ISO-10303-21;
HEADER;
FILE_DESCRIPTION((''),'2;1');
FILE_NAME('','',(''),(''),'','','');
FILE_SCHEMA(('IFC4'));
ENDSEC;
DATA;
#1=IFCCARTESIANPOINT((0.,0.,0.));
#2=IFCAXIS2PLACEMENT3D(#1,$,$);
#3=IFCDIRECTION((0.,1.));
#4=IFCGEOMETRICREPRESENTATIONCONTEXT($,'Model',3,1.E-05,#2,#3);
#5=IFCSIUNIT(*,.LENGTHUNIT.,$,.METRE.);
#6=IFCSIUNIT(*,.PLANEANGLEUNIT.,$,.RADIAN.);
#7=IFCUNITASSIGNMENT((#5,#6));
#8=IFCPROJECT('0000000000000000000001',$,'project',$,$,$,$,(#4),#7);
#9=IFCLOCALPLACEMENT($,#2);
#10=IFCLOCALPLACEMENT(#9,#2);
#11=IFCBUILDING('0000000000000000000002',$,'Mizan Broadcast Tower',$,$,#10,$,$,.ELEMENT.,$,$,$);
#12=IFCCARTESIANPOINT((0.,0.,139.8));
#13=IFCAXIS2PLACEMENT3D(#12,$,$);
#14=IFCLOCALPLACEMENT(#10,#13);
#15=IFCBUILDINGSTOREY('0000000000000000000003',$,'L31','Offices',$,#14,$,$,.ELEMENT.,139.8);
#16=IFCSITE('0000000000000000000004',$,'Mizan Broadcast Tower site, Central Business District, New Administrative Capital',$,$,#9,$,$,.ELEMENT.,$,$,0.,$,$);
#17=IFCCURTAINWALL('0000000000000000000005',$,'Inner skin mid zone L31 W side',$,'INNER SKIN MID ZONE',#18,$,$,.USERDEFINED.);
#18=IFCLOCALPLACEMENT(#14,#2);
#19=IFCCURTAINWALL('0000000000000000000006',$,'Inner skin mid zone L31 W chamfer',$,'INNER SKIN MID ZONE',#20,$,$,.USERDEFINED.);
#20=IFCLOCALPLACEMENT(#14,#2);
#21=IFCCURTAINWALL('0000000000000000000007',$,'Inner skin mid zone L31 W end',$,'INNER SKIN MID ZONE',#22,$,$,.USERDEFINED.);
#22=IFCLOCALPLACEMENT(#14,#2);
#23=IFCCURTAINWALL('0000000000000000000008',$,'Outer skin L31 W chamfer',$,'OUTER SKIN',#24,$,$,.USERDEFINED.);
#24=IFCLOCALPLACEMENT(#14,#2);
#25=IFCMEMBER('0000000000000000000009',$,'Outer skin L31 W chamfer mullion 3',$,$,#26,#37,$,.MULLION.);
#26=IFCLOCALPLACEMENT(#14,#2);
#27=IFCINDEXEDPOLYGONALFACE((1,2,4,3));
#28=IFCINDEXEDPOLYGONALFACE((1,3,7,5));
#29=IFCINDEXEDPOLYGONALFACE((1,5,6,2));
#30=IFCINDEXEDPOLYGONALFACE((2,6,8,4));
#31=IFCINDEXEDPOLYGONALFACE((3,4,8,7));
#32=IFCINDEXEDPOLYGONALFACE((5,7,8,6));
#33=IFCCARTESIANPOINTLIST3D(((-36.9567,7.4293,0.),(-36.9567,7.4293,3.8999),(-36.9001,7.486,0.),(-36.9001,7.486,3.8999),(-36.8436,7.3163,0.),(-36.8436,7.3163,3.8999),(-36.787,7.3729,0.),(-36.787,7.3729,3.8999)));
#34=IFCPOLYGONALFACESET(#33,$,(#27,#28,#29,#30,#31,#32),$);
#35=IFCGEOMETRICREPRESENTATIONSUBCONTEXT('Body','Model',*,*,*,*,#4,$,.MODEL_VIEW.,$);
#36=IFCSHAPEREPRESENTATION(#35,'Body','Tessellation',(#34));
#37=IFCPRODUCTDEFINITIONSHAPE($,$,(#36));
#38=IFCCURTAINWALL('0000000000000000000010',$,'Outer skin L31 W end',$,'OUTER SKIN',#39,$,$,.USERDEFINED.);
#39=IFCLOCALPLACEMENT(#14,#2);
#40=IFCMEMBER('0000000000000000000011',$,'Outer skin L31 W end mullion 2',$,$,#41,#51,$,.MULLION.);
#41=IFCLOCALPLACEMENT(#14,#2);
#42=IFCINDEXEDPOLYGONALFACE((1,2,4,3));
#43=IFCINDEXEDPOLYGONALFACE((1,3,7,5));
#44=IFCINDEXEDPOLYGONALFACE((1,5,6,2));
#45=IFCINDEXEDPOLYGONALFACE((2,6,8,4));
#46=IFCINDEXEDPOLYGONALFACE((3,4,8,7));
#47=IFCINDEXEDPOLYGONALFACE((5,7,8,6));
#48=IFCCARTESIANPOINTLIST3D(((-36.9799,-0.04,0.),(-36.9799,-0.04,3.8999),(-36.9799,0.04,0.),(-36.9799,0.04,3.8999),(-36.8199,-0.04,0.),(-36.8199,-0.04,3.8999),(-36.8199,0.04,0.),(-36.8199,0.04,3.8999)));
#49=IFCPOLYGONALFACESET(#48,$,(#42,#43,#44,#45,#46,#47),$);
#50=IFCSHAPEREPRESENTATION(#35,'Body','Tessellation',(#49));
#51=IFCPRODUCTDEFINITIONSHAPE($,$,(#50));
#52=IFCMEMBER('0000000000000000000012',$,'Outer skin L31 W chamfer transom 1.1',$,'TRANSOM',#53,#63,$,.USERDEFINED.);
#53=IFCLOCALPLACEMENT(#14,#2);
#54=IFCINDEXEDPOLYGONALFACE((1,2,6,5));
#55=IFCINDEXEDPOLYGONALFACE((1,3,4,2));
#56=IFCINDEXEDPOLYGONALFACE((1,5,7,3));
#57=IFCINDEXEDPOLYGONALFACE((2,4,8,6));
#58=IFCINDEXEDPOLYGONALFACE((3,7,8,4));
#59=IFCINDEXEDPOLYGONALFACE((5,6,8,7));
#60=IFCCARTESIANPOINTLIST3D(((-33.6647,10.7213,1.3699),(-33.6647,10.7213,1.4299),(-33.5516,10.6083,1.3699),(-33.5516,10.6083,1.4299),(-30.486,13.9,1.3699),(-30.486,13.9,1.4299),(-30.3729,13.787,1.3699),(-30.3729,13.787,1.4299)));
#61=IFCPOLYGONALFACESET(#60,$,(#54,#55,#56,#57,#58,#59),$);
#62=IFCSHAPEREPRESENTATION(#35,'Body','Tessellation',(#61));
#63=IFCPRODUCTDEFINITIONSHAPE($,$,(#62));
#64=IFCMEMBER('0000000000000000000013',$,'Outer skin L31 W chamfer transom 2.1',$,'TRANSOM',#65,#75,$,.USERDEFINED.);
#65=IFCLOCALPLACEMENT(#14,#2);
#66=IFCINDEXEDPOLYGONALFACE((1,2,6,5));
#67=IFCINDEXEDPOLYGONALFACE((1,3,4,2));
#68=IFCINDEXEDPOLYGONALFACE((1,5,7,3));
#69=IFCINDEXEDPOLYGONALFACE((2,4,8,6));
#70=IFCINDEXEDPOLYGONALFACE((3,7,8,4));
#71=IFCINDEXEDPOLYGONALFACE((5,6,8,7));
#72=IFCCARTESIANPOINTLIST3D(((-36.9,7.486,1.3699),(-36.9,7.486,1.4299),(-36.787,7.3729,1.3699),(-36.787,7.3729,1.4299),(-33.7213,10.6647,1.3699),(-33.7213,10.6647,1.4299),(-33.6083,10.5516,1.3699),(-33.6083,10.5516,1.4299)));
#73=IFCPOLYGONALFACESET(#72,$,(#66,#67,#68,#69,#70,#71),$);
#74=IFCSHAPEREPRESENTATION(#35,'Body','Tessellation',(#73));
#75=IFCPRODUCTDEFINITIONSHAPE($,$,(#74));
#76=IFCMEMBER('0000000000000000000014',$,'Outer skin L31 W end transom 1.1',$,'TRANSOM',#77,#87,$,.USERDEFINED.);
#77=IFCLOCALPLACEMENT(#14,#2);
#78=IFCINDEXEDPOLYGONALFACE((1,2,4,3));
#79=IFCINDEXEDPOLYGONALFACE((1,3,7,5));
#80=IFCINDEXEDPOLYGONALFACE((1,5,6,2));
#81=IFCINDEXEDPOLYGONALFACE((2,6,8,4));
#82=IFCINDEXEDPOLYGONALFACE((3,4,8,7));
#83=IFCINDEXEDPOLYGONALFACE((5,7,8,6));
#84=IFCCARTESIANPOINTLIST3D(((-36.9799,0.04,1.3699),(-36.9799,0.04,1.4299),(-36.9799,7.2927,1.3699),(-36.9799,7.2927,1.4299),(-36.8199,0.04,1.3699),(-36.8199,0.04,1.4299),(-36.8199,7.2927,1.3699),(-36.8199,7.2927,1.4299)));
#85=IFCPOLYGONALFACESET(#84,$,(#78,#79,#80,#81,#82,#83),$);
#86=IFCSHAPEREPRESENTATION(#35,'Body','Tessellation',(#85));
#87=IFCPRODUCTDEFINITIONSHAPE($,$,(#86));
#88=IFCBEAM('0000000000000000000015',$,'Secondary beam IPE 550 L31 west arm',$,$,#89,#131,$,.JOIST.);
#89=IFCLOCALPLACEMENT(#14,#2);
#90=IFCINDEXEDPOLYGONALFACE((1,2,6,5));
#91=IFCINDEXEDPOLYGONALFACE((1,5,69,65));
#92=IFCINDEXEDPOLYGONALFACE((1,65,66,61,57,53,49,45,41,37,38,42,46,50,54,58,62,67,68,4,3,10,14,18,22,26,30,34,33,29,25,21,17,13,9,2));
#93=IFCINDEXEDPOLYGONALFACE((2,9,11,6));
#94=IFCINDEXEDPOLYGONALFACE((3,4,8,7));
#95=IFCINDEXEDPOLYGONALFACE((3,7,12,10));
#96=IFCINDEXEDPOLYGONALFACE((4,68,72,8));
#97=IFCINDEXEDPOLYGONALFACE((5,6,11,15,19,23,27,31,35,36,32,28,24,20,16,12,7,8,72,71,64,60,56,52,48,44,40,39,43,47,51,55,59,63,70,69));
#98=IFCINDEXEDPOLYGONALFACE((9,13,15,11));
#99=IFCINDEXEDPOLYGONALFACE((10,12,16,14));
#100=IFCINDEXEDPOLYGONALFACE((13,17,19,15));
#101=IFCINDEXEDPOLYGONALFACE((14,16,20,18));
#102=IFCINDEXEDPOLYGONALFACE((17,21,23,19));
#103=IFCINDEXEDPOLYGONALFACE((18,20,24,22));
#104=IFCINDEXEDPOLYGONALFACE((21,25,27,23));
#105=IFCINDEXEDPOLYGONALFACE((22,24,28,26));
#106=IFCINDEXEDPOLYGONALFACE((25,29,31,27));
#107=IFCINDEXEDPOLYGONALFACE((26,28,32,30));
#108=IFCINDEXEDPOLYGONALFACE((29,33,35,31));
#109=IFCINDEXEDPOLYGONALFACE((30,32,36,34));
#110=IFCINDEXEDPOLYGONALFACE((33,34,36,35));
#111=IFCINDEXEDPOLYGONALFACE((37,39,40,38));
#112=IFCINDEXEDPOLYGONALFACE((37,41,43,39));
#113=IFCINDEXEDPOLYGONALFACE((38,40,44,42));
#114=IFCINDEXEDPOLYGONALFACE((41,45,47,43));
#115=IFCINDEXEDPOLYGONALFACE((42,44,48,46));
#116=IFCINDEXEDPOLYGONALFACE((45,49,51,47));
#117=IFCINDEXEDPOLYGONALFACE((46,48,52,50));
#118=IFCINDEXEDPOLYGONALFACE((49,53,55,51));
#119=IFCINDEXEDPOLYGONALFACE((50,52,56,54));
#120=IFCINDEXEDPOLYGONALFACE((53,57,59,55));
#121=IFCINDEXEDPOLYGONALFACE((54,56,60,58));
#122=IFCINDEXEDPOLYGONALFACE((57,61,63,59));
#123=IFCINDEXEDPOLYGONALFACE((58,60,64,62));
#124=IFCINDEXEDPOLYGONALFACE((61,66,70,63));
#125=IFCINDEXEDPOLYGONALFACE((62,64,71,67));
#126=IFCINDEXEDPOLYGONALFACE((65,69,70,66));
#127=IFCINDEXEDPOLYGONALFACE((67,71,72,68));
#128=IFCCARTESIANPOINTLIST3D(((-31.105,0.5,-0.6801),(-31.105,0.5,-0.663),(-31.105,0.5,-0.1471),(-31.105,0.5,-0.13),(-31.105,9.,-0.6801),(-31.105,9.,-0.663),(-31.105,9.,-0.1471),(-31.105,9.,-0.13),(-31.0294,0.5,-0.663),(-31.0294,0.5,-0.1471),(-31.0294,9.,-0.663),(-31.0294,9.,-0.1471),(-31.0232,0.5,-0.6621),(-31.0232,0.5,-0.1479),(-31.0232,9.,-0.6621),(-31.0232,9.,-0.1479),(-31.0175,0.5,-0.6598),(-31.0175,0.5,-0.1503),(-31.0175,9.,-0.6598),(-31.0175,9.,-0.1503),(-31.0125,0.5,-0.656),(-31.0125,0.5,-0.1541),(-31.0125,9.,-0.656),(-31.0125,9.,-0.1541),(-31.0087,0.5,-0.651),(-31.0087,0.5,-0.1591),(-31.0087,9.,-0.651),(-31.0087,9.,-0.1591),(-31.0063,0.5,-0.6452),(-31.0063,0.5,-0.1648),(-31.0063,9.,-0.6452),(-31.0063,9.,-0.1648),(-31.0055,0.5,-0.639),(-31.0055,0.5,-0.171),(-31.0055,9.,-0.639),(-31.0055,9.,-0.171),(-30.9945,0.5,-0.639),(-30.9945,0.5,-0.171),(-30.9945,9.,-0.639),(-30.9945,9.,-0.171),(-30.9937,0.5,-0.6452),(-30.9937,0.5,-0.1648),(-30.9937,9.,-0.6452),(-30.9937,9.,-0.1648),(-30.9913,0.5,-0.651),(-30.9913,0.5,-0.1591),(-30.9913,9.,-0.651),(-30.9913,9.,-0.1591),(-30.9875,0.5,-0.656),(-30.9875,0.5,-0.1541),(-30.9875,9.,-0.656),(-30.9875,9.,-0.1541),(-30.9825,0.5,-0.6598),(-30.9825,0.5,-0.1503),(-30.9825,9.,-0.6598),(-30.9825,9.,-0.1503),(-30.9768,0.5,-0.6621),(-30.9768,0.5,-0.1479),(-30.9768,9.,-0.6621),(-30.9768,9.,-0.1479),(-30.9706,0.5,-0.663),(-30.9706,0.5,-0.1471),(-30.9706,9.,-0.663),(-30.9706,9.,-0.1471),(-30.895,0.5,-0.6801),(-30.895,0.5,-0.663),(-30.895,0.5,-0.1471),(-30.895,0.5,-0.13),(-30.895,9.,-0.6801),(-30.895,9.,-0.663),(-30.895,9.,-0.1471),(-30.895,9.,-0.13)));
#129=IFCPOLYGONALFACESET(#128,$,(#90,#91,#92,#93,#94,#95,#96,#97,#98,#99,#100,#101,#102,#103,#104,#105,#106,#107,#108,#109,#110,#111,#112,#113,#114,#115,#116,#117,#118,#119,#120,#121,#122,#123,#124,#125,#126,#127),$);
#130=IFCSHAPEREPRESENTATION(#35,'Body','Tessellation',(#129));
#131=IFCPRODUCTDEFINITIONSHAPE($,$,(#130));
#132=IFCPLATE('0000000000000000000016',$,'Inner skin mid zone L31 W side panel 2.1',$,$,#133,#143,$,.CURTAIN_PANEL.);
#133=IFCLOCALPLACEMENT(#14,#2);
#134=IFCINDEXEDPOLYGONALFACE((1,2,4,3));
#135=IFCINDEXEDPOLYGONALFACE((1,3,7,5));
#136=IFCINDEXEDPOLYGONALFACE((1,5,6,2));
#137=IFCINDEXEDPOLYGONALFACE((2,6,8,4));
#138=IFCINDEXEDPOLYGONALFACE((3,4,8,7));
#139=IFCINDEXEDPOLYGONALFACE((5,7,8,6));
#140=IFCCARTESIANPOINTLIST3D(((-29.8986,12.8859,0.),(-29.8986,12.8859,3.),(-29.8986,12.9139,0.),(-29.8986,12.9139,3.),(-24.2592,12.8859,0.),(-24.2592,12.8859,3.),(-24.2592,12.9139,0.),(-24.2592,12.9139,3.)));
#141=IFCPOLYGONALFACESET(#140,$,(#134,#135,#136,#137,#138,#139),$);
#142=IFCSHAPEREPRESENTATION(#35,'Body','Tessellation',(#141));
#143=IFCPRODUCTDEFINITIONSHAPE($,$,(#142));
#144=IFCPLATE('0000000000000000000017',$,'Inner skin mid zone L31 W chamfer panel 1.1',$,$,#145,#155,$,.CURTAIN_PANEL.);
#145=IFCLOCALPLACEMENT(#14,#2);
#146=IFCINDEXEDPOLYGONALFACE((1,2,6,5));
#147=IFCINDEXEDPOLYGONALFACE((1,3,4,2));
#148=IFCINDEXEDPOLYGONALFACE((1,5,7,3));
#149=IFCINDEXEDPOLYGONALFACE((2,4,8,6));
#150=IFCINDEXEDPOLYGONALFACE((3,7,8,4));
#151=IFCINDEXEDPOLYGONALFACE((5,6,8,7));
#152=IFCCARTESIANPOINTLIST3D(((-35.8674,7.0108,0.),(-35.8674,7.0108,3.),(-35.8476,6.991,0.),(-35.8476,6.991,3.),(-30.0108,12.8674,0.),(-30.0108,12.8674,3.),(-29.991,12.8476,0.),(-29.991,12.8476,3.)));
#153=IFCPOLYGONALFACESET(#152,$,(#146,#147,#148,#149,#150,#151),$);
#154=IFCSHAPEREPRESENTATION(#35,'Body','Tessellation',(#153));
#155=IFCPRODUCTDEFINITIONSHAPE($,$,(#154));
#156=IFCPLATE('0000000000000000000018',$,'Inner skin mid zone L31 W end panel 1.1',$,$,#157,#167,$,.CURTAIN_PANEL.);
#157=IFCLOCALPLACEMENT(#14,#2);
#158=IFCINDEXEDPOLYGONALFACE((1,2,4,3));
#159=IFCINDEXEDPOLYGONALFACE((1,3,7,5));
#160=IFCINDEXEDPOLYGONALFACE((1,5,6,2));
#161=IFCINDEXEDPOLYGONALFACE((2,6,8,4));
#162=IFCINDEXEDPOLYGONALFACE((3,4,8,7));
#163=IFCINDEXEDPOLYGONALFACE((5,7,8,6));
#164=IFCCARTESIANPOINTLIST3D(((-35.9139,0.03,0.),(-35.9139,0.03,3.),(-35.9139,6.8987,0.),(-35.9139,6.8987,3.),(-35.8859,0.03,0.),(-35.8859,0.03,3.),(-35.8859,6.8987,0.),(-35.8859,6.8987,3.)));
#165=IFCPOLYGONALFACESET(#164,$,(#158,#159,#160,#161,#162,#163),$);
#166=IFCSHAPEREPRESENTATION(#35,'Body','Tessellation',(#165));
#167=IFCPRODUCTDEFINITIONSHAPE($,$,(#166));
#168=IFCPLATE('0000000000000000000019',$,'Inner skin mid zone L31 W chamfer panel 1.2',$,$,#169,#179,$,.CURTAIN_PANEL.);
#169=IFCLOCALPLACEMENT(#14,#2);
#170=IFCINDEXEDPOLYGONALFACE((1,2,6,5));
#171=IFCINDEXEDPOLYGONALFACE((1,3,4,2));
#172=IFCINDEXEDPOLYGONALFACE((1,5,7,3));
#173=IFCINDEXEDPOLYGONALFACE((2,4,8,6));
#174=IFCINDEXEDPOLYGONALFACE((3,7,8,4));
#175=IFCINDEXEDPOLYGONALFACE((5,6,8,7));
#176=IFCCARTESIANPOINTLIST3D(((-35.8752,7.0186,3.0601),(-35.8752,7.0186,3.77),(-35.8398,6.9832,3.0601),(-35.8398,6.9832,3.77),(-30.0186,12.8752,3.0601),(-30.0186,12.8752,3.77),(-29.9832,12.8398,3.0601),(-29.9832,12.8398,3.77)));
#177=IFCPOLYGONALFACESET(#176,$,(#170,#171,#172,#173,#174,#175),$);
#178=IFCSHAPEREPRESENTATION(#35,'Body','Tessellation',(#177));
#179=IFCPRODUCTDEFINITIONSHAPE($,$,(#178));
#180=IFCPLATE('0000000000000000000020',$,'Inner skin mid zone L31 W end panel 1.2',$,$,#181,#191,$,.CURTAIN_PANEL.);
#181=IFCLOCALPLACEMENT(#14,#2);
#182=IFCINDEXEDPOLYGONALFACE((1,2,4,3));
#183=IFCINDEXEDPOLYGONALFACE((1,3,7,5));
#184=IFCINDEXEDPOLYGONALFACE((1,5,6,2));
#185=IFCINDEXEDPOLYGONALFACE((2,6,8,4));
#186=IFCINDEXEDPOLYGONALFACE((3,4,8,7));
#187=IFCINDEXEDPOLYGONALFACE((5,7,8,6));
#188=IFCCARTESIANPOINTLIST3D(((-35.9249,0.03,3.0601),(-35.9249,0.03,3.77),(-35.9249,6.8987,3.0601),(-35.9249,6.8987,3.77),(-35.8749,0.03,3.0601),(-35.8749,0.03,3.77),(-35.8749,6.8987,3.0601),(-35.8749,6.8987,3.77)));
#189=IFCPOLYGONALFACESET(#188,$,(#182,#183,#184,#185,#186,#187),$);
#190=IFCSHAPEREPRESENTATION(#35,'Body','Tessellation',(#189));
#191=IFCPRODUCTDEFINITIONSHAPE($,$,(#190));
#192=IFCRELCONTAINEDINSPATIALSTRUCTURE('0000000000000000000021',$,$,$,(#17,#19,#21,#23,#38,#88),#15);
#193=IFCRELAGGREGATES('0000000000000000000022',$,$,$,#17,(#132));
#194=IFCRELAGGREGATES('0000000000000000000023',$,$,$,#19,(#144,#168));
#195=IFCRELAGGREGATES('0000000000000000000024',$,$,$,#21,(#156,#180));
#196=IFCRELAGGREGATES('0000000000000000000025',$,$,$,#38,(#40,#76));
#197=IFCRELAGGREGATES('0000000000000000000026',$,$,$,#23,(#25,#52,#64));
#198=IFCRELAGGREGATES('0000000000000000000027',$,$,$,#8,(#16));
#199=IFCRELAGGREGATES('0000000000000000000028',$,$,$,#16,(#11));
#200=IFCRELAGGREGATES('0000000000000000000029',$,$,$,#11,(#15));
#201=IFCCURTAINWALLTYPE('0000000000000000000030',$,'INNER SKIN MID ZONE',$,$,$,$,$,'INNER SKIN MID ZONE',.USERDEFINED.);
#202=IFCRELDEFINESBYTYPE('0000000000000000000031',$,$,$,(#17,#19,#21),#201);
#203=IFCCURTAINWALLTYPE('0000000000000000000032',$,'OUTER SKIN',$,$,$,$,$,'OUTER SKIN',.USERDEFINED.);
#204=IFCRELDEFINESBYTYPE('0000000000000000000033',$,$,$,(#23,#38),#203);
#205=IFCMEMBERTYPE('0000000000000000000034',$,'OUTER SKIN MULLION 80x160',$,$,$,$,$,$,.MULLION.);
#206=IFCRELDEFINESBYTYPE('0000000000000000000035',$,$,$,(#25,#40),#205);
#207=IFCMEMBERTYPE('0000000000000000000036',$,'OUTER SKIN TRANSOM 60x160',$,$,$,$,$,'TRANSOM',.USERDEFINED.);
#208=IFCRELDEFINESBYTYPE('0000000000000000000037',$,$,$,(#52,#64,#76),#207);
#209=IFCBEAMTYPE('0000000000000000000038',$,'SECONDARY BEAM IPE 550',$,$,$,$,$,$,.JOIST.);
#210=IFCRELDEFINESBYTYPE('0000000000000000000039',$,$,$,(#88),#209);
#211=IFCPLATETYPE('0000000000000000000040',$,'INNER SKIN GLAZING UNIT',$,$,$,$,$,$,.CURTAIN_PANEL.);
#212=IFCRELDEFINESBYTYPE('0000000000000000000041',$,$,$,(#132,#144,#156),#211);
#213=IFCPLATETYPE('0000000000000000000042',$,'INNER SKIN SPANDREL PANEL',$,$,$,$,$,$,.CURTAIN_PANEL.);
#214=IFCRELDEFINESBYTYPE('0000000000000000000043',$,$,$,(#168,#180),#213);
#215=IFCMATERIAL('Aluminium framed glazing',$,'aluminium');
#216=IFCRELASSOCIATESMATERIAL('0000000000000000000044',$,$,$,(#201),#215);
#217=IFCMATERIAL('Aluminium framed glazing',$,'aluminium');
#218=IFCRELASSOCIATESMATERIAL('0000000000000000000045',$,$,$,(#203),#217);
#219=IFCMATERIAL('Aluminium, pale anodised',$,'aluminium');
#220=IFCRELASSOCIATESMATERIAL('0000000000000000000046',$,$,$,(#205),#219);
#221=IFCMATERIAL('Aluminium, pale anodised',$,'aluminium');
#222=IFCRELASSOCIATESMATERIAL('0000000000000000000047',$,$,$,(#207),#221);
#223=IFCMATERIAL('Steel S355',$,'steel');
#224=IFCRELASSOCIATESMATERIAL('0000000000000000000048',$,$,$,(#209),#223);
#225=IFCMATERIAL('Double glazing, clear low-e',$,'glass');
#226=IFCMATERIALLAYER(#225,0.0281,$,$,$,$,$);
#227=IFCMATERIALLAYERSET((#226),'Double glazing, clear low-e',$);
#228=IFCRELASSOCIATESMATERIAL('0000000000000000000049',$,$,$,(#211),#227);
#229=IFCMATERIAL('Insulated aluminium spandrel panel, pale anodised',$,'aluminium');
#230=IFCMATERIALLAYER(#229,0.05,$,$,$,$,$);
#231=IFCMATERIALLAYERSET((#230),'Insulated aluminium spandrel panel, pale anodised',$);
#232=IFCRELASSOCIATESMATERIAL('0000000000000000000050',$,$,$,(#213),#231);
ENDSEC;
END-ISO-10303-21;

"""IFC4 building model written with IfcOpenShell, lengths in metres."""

from ifc_helpers import new_model, si_unit, direction, frame, origin, origin_2d, place, context, subcontext, project, spatial, rectangle, i_section, extrude, material, layer, layer_set, material_profile, profile_set, type_object, element, aggregate, save


model = new_model("IFC4")

# Units and contexts
model_context = context("Model", 3, precision=1e-05, world=origin(), true_north=direction((0.0, 1.0)))
body_context = subcontext(model_context, "Body", "Model", "MODEL_VIEW")
ifc_project = project(units=[si_unit("LENGTHUNIT", "METRE"), si_unit("PLANEANGLEUNIT", "RADIAN")], contexts=[model_context])

# Site, building, storey
site_placement = place(None, origin())
site = spatial("IfcSite", under=ifc_project, at=site_placement, Name="Mizan Broadcast Tower site, Central Business District, New Administrative Capital", CompositionType="ELEMENT", RefElevation=0.0)
building_placement = place(site_placement, origin())
building = spatial("IfcBuilding", under=site, at=building_placement, Name="Mizan Broadcast Tower", CompositionType="ELEMENT")
storey_placement = place(building_placement, frame((0.0, 0.0, 139.8)))
storey = spatial("IfcBuildingStorey", under=building, at=storey_placement, Name="L31", Description="Offices", CompositionType="ELEMENT", Elevation=139.8)

# Curtain walls
ifc_material_1 = material(Name="Aluminium framed glazing", Category="aluminium")
curtain_wall_type_1 = type_object("IfcCurtainWallType", Name="INNER SKIN MID ZONE", ElementType="INNER SKIN MID ZONE", PredefinedType="USERDEFINED", material=ifc_material_1)
curtain_wall_1_placement = place(storey_placement, origin())
curtain_wall_1 = element("IfcCurtainWall", 1, at=curtain_wall_1_placement, inside=storey, type_object=curtain_wall_type_1, Name="Inner skin mid zone L31 W side", ObjectType="INNER SKIN MID ZONE", PredefinedType="USERDEFINED")
curtain_wall_2_placement = place(storey_placement, origin())
curtain_wall_2 = element("IfcCurtainWall", 2, at=curtain_wall_2_placement, inside=storey, type_object=curtain_wall_type_1, Name="Inner skin mid zone L31 W chamfer", ObjectType="INNER SKIN MID ZONE", PredefinedType="USERDEFINED")
curtain_wall_3_placement = place(storey_placement, origin())
curtain_wall_3 = element("IfcCurtainWall", 3, at=curtain_wall_3_placement, inside=storey, type_object=curtain_wall_type_1, Name="Inner skin mid zone L31 W end", ObjectType="INNER SKIN MID ZONE", PredefinedType="USERDEFINED")

# Shared definitions
ifc_material_2 = material(Name="Aluminium framed glazing", Category="aluminium")
curtain_wall_type_2 = type_object("IfcCurtainWallType", Name="OUTER SKIN", ElementType="OUTER SKIN", PredefinedType="USERDEFINED", material=ifc_material_2)
ifc_material_3 = material(Name="Aluminium, pale anodised", Category="aluminium")
ifc_material_profile_1 = material_profile(ifc_material_3, rectangle(XDim=0.1599, YDim=0.0801, at=origin_2d()), Name="MULLION 160x80")
ifc_profile_set_1 = profile_set([ifc_material_profile_1], Name="Aluminium, pale anodised")
member_type_1 = type_object("IfcMemberType", Name="OUTER SKIN MULLION 80x160", PredefinedType="MULLION", material=ifc_profile_set_1)

# Curtain wall, member
curtain_wall_4_placement = place(storey_placement, origin())
curtain_wall_4 = element("IfcCurtainWall", 4, at=curtain_wall_4_placement, inside=storey, type_object=curtain_wall_type_2, Name="Outer skin L31 W chamfer", ObjectType="OUTER SKIN", PredefinedType="USERDEFINED")
member_1_placement = place(storey_placement, frame((-36.8718, 7.4011, 0.0), z_axis=(0.0, 0.0, 1.0), x_axis=(0.707107, -0.707107, 0.0)))
member_1 = element("IfcMember", 5, at=member_1_placement, type_object=member_type_1, Name="Outer skin L31 W chamfer mullion 3", PredefinedType="MULLION", context=body_context, shape_type="SweptSolid", body=[
    extrude(rectangle(XDim=0.1599, YDim=0.0801, at=origin_2d()), origin(), (0.0, 0.0, 1.0), 3.8999),
])

# Curtain wall, member
curtain_wall_5_placement = place(storey_placement, origin())
curtain_wall_5 = element("IfcCurtainWall", 6, at=curtain_wall_5_placement, inside=storey, type_object=curtain_wall_type_2, Name="Outer skin L31 W end", ObjectType="OUTER SKIN", PredefinedType="USERDEFINED")
member_2_placement = place(storey_placement, frame((-36.8999, 0.0, 0.0), z_axis=(0.0, 0.0, 1.0), x_axis=(1.0, 0.0, 0.0)))
member_2 = element("IfcMember", 7, at=member_2_placement, type_object=member_type_1, Name="Outer skin L31 W end mullion 2", PredefinedType="MULLION", context=body_context, shape_type="SweptSolid", body=[
    extrude(rectangle(XDim=0.1599, YDim=0.0801, at=origin_2d()), origin(), (0.0, 0.0, 1.0), 3.8999),
])

# Members
ifc_material_4 = material(Name="Aluminium, pale anodised", Category="aluminium")
ifc_material_profile_2 = material_profile(ifc_material_4, rectangle(XDim=0.1599, YDim=0.0601, at=origin_2d()), Name="TRANSOM 160x60")
ifc_profile_set_2 = profile_set([ifc_material_profile_2], Name="Aluminium, pale anodised")
member_type_2 = type_object("IfcMemberType", Name="OUTER SKIN TRANSOM 60x160", ElementType="TRANSOM", PredefinedType="USERDEFINED", material=ifc_profile_set_2)
member_3_placement = place(storey_placement, frame((-30.4294, 13.8435, 1.3999), z_axis=(-0.707107, -0.707107, 0.0), x_axis=(0.707107, -0.707107, 0.0)))
member_3 = element("IfcMember", 8, at=member_3_placement, type_object=member_type_2, Name="Outer skin L31 W chamfer transom 1.1", ObjectType="TRANSOM", PredefinedType="USERDEFINED", context=body_context, shape_type="SweptSolid", body=[
    extrude(rectangle(XDim=0.1599, YDim=0.0601, at=origin_2d()), origin(), (0.0, 0.0, 1.0), 4.4954),
])
member_4_placement = place(storey_placement, frame((-33.6648, 10.6082, 1.3999), z_axis=(-0.707107, -0.707107, 0.0), x_axis=(0.707107, -0.707107, 0.0)))
member_4 = element("IfcMember", 9, at=member_4_placement, type_object=member_type_2, Name="Outer skin L31 W chamfer transom 2.1", ObjectType="TRANSOM", PredefinedType="USERDEFINED", context=body_context, shape_type="SweptSolid", body=[
    extrude(rectangle(XDim=0.1599, YDim=0.0601, at=origin_2d()), origin(), (0.0, 0.0, 1.0), 4.4954),
])
member_5_placement = place(storey_placement, frame((-36.8999, 7.2927, 1.3999), z_axis=(0.0, -1.0, 0.0), x_axis=(1.0, 0.0, 0.0)))
member_5 = element("IfcMember", 10, at=member_5_placement, type_object=member_type_2, Name="Outer skin L31 W end transom 1.1", ObjectType="TRANSOM", PredefinedType="USERDEFINED", context=body_context, shape_type="SweptSolid", body=[
    extrude(rectangle(XDim=0.1599, YDim=0.0601, at=origin_2d()), origin(), (0.0, 0.0, 1.0), 7.2527),
])

# Beam
ifc_material_5 = material(Name="Steel S355", Category="steel")
ifc_material_profile_3 = material_profile(ifc_material_5, i_section(OverallWidth=0.21, OverallDepth=0.55, WebThickness=0.011, FlangeThickness=0.0171, FilletRadius=0.0239, at=origin_2d()), Name="IPE 550")
ifc_profile_set_3 = profile_set([ifc_material_profile_3], Name="Steel S355")
beam_type_1 = type_object("IfcBeamType", Name="SECONDARY BEAM IPE 550", PredefinedType="JOIST", material=ifc_profile_set_3)
beam_1_placement = place(storey_placement, frame((-31.0, 9.0, -0.405), z_axis=(0.0, -1.0, 0.0), x_axis=(1.0, 0.0, 0.0)))
element("IfcBeam", 11, at=beam_1_placement, inside=storey, type_object=beam_type_1, Name="Secondary beam IPE 550 L31 west arm", PredefinedType="JOIST", context=body_context, shape_type="SweptSolid", body=[
    extrude(i_section(OverallWidth=0.21, OverallDepth=0.55, WebThickness=0.011, FlangeThickness=0.0171, FilletRadius=0.0239, at=origin_2d()), origin(), (0.0, 0.0, 1.0), 8.5),
])

# Plates
ifc_material_6 = material(Name="Double glazing, clear low-e", Category="glass")
ifc_layer_1 = layer(ifc_material_6, 0.0281)
ifc_layer_set_1 = layer_set([ifc_layer_1], Name="Double glazing, clear low-e")
plate_type_1 = type_object("IfcPlateType", Name="INNER SKIN GLAZING UNIT", PredefinedType="CURTAIN_PANEL", material=ifc_layer_set_1)
plate_1_placement = place(storey_placement, frame((-27.0789, 12.8999, 0.0), z_axis=(0.0, 0.0, 1.0), x_axis=(-1.0, 0.0, 0.0)))
plate_1 = element("IfcPlate", 12, at=plate_1_placement, type_object=plate_type_1, Name="Inner skin mid zone L31 W side panel 2.1", PredefinedType="CURTAIN_PANEL", context=body_context, shape_type="SweptSolid", body=[
    extrude(rectangle(XDim=5.6394, YDim=0.0281, at=origin_2d()), origin(), (0.0, 0.0, 1.0), 3.0),
])
aggregate(curtain_wall_1, [plate_1])
plate_2_placement = place(storey_placement, frame((-32.9292, 9.9292, 0.0), z_axis=(0.0, 0.0, 1.0), x_axis=(-0.707107, -0.707107, 0.0)))
plate_2 = element("IfcPlate", 13, at=plate_2_placement, type_object=plate_type_1, Name="Inner skin mid zone L31 W chamfer panel 1.1", PredefinedType="CURTAIN_PANEL", context=body_context, shape_type="SweptSolid", body=[
    extrude(rectangle(XDim=8.2825, YDim=0.0281, at=origin_2d()), origin(), (0.0, 0.0, 1.0), 3.0),
])
plate_3_placement = place(storey_placement, frame((-35.8999, 3.4644, 0.0), z_axis=(0.0, 0.0, 1.0), x_axis=(0.0, -1.0, 0.0)))
plate_3 = element("IfcPlate", 14, at=plate_3_placement, type_object=plate_type_1, Name="Inner skin mid zone L31 W end panel 1.1", PredefinedType="CURTAIN_PANEL", context=body_context, shape_type="SweptSolid", body=[
    extrude(rectangle(XDim=6.8687, YDim=0.0281, at=origin_2d()), origin(), (0.0, 0.0, 1.0), 3.0),
])
ifc_material_7 = material(Name="Insulated aluminium spandrel panel, pale anodised", Category="aluminium")
ifc_layer_2 = layer(ifc_material_7, 0.05)
ifc_layer_set_2 = layer_set([ifc_layer_2], Name="Insulated aluminium spandrel panel, pale anodised")
plate_type_2 = type_object("IfcPlateType", Name="INNER SKIN SPANDREL PANEL", PredefinedType="CURTAIN_PANEL", material=ifc_layer_set_2)
plate_4_placement = place(storey_placement, frame((-32.9292, 9.9292, 3.0601), z_axis=(0.0, 0.0, 1.0), x_axis=(-0.707107, -0.707107, 0.0)))
plate_4 = element("IfcPlate", 15, at=plate_4_placement, type_object=plate_type_2, Name="Inner skin mid zone L31 W chamfer panel 1.2", PredefinedType="CURTAIN_PANEL", context=body_context, shape_type="SweptSolid", body=[
    extrude(rectangle(XDim=8.2825, YDim=0.05, at=origin_2d()), origin(), (0.0, 0.0, 1.0), 0.71),
])
aggregate(curtain_wall_2, [plate_2, plate_4])
plate_5_placement = place(storey_placement, frame((-35.8999, 3.4644, 3.0601), z_axis=(0.0, 0.0, 1.0), x_axis=(0.0, -1.0, 0.0)))
plate_5 = element("IfcPlate", 16, at=plate_5_placement, type_object=plate_type_2, Name="Inner skin mid zone L31 W end panel 1.2", PredefinedType="CURTAIN_PANEL", context=body_context, shape_type="SweptSolid", body=[
    extrude(rectangle(XDim=6.8687, YDim=0.05, at=origin_2d()), origin(), (0.0, 0.0, 1.0), 0.71),
])
aggregate(curtain_wall_3, [plate_3, plate_5])
aggregate(curtain_wall_5, [member_2, member_5])
aggregate(curtain_wall_4, [member_1, member_3, member_4])

save(model, "model.ifc")
